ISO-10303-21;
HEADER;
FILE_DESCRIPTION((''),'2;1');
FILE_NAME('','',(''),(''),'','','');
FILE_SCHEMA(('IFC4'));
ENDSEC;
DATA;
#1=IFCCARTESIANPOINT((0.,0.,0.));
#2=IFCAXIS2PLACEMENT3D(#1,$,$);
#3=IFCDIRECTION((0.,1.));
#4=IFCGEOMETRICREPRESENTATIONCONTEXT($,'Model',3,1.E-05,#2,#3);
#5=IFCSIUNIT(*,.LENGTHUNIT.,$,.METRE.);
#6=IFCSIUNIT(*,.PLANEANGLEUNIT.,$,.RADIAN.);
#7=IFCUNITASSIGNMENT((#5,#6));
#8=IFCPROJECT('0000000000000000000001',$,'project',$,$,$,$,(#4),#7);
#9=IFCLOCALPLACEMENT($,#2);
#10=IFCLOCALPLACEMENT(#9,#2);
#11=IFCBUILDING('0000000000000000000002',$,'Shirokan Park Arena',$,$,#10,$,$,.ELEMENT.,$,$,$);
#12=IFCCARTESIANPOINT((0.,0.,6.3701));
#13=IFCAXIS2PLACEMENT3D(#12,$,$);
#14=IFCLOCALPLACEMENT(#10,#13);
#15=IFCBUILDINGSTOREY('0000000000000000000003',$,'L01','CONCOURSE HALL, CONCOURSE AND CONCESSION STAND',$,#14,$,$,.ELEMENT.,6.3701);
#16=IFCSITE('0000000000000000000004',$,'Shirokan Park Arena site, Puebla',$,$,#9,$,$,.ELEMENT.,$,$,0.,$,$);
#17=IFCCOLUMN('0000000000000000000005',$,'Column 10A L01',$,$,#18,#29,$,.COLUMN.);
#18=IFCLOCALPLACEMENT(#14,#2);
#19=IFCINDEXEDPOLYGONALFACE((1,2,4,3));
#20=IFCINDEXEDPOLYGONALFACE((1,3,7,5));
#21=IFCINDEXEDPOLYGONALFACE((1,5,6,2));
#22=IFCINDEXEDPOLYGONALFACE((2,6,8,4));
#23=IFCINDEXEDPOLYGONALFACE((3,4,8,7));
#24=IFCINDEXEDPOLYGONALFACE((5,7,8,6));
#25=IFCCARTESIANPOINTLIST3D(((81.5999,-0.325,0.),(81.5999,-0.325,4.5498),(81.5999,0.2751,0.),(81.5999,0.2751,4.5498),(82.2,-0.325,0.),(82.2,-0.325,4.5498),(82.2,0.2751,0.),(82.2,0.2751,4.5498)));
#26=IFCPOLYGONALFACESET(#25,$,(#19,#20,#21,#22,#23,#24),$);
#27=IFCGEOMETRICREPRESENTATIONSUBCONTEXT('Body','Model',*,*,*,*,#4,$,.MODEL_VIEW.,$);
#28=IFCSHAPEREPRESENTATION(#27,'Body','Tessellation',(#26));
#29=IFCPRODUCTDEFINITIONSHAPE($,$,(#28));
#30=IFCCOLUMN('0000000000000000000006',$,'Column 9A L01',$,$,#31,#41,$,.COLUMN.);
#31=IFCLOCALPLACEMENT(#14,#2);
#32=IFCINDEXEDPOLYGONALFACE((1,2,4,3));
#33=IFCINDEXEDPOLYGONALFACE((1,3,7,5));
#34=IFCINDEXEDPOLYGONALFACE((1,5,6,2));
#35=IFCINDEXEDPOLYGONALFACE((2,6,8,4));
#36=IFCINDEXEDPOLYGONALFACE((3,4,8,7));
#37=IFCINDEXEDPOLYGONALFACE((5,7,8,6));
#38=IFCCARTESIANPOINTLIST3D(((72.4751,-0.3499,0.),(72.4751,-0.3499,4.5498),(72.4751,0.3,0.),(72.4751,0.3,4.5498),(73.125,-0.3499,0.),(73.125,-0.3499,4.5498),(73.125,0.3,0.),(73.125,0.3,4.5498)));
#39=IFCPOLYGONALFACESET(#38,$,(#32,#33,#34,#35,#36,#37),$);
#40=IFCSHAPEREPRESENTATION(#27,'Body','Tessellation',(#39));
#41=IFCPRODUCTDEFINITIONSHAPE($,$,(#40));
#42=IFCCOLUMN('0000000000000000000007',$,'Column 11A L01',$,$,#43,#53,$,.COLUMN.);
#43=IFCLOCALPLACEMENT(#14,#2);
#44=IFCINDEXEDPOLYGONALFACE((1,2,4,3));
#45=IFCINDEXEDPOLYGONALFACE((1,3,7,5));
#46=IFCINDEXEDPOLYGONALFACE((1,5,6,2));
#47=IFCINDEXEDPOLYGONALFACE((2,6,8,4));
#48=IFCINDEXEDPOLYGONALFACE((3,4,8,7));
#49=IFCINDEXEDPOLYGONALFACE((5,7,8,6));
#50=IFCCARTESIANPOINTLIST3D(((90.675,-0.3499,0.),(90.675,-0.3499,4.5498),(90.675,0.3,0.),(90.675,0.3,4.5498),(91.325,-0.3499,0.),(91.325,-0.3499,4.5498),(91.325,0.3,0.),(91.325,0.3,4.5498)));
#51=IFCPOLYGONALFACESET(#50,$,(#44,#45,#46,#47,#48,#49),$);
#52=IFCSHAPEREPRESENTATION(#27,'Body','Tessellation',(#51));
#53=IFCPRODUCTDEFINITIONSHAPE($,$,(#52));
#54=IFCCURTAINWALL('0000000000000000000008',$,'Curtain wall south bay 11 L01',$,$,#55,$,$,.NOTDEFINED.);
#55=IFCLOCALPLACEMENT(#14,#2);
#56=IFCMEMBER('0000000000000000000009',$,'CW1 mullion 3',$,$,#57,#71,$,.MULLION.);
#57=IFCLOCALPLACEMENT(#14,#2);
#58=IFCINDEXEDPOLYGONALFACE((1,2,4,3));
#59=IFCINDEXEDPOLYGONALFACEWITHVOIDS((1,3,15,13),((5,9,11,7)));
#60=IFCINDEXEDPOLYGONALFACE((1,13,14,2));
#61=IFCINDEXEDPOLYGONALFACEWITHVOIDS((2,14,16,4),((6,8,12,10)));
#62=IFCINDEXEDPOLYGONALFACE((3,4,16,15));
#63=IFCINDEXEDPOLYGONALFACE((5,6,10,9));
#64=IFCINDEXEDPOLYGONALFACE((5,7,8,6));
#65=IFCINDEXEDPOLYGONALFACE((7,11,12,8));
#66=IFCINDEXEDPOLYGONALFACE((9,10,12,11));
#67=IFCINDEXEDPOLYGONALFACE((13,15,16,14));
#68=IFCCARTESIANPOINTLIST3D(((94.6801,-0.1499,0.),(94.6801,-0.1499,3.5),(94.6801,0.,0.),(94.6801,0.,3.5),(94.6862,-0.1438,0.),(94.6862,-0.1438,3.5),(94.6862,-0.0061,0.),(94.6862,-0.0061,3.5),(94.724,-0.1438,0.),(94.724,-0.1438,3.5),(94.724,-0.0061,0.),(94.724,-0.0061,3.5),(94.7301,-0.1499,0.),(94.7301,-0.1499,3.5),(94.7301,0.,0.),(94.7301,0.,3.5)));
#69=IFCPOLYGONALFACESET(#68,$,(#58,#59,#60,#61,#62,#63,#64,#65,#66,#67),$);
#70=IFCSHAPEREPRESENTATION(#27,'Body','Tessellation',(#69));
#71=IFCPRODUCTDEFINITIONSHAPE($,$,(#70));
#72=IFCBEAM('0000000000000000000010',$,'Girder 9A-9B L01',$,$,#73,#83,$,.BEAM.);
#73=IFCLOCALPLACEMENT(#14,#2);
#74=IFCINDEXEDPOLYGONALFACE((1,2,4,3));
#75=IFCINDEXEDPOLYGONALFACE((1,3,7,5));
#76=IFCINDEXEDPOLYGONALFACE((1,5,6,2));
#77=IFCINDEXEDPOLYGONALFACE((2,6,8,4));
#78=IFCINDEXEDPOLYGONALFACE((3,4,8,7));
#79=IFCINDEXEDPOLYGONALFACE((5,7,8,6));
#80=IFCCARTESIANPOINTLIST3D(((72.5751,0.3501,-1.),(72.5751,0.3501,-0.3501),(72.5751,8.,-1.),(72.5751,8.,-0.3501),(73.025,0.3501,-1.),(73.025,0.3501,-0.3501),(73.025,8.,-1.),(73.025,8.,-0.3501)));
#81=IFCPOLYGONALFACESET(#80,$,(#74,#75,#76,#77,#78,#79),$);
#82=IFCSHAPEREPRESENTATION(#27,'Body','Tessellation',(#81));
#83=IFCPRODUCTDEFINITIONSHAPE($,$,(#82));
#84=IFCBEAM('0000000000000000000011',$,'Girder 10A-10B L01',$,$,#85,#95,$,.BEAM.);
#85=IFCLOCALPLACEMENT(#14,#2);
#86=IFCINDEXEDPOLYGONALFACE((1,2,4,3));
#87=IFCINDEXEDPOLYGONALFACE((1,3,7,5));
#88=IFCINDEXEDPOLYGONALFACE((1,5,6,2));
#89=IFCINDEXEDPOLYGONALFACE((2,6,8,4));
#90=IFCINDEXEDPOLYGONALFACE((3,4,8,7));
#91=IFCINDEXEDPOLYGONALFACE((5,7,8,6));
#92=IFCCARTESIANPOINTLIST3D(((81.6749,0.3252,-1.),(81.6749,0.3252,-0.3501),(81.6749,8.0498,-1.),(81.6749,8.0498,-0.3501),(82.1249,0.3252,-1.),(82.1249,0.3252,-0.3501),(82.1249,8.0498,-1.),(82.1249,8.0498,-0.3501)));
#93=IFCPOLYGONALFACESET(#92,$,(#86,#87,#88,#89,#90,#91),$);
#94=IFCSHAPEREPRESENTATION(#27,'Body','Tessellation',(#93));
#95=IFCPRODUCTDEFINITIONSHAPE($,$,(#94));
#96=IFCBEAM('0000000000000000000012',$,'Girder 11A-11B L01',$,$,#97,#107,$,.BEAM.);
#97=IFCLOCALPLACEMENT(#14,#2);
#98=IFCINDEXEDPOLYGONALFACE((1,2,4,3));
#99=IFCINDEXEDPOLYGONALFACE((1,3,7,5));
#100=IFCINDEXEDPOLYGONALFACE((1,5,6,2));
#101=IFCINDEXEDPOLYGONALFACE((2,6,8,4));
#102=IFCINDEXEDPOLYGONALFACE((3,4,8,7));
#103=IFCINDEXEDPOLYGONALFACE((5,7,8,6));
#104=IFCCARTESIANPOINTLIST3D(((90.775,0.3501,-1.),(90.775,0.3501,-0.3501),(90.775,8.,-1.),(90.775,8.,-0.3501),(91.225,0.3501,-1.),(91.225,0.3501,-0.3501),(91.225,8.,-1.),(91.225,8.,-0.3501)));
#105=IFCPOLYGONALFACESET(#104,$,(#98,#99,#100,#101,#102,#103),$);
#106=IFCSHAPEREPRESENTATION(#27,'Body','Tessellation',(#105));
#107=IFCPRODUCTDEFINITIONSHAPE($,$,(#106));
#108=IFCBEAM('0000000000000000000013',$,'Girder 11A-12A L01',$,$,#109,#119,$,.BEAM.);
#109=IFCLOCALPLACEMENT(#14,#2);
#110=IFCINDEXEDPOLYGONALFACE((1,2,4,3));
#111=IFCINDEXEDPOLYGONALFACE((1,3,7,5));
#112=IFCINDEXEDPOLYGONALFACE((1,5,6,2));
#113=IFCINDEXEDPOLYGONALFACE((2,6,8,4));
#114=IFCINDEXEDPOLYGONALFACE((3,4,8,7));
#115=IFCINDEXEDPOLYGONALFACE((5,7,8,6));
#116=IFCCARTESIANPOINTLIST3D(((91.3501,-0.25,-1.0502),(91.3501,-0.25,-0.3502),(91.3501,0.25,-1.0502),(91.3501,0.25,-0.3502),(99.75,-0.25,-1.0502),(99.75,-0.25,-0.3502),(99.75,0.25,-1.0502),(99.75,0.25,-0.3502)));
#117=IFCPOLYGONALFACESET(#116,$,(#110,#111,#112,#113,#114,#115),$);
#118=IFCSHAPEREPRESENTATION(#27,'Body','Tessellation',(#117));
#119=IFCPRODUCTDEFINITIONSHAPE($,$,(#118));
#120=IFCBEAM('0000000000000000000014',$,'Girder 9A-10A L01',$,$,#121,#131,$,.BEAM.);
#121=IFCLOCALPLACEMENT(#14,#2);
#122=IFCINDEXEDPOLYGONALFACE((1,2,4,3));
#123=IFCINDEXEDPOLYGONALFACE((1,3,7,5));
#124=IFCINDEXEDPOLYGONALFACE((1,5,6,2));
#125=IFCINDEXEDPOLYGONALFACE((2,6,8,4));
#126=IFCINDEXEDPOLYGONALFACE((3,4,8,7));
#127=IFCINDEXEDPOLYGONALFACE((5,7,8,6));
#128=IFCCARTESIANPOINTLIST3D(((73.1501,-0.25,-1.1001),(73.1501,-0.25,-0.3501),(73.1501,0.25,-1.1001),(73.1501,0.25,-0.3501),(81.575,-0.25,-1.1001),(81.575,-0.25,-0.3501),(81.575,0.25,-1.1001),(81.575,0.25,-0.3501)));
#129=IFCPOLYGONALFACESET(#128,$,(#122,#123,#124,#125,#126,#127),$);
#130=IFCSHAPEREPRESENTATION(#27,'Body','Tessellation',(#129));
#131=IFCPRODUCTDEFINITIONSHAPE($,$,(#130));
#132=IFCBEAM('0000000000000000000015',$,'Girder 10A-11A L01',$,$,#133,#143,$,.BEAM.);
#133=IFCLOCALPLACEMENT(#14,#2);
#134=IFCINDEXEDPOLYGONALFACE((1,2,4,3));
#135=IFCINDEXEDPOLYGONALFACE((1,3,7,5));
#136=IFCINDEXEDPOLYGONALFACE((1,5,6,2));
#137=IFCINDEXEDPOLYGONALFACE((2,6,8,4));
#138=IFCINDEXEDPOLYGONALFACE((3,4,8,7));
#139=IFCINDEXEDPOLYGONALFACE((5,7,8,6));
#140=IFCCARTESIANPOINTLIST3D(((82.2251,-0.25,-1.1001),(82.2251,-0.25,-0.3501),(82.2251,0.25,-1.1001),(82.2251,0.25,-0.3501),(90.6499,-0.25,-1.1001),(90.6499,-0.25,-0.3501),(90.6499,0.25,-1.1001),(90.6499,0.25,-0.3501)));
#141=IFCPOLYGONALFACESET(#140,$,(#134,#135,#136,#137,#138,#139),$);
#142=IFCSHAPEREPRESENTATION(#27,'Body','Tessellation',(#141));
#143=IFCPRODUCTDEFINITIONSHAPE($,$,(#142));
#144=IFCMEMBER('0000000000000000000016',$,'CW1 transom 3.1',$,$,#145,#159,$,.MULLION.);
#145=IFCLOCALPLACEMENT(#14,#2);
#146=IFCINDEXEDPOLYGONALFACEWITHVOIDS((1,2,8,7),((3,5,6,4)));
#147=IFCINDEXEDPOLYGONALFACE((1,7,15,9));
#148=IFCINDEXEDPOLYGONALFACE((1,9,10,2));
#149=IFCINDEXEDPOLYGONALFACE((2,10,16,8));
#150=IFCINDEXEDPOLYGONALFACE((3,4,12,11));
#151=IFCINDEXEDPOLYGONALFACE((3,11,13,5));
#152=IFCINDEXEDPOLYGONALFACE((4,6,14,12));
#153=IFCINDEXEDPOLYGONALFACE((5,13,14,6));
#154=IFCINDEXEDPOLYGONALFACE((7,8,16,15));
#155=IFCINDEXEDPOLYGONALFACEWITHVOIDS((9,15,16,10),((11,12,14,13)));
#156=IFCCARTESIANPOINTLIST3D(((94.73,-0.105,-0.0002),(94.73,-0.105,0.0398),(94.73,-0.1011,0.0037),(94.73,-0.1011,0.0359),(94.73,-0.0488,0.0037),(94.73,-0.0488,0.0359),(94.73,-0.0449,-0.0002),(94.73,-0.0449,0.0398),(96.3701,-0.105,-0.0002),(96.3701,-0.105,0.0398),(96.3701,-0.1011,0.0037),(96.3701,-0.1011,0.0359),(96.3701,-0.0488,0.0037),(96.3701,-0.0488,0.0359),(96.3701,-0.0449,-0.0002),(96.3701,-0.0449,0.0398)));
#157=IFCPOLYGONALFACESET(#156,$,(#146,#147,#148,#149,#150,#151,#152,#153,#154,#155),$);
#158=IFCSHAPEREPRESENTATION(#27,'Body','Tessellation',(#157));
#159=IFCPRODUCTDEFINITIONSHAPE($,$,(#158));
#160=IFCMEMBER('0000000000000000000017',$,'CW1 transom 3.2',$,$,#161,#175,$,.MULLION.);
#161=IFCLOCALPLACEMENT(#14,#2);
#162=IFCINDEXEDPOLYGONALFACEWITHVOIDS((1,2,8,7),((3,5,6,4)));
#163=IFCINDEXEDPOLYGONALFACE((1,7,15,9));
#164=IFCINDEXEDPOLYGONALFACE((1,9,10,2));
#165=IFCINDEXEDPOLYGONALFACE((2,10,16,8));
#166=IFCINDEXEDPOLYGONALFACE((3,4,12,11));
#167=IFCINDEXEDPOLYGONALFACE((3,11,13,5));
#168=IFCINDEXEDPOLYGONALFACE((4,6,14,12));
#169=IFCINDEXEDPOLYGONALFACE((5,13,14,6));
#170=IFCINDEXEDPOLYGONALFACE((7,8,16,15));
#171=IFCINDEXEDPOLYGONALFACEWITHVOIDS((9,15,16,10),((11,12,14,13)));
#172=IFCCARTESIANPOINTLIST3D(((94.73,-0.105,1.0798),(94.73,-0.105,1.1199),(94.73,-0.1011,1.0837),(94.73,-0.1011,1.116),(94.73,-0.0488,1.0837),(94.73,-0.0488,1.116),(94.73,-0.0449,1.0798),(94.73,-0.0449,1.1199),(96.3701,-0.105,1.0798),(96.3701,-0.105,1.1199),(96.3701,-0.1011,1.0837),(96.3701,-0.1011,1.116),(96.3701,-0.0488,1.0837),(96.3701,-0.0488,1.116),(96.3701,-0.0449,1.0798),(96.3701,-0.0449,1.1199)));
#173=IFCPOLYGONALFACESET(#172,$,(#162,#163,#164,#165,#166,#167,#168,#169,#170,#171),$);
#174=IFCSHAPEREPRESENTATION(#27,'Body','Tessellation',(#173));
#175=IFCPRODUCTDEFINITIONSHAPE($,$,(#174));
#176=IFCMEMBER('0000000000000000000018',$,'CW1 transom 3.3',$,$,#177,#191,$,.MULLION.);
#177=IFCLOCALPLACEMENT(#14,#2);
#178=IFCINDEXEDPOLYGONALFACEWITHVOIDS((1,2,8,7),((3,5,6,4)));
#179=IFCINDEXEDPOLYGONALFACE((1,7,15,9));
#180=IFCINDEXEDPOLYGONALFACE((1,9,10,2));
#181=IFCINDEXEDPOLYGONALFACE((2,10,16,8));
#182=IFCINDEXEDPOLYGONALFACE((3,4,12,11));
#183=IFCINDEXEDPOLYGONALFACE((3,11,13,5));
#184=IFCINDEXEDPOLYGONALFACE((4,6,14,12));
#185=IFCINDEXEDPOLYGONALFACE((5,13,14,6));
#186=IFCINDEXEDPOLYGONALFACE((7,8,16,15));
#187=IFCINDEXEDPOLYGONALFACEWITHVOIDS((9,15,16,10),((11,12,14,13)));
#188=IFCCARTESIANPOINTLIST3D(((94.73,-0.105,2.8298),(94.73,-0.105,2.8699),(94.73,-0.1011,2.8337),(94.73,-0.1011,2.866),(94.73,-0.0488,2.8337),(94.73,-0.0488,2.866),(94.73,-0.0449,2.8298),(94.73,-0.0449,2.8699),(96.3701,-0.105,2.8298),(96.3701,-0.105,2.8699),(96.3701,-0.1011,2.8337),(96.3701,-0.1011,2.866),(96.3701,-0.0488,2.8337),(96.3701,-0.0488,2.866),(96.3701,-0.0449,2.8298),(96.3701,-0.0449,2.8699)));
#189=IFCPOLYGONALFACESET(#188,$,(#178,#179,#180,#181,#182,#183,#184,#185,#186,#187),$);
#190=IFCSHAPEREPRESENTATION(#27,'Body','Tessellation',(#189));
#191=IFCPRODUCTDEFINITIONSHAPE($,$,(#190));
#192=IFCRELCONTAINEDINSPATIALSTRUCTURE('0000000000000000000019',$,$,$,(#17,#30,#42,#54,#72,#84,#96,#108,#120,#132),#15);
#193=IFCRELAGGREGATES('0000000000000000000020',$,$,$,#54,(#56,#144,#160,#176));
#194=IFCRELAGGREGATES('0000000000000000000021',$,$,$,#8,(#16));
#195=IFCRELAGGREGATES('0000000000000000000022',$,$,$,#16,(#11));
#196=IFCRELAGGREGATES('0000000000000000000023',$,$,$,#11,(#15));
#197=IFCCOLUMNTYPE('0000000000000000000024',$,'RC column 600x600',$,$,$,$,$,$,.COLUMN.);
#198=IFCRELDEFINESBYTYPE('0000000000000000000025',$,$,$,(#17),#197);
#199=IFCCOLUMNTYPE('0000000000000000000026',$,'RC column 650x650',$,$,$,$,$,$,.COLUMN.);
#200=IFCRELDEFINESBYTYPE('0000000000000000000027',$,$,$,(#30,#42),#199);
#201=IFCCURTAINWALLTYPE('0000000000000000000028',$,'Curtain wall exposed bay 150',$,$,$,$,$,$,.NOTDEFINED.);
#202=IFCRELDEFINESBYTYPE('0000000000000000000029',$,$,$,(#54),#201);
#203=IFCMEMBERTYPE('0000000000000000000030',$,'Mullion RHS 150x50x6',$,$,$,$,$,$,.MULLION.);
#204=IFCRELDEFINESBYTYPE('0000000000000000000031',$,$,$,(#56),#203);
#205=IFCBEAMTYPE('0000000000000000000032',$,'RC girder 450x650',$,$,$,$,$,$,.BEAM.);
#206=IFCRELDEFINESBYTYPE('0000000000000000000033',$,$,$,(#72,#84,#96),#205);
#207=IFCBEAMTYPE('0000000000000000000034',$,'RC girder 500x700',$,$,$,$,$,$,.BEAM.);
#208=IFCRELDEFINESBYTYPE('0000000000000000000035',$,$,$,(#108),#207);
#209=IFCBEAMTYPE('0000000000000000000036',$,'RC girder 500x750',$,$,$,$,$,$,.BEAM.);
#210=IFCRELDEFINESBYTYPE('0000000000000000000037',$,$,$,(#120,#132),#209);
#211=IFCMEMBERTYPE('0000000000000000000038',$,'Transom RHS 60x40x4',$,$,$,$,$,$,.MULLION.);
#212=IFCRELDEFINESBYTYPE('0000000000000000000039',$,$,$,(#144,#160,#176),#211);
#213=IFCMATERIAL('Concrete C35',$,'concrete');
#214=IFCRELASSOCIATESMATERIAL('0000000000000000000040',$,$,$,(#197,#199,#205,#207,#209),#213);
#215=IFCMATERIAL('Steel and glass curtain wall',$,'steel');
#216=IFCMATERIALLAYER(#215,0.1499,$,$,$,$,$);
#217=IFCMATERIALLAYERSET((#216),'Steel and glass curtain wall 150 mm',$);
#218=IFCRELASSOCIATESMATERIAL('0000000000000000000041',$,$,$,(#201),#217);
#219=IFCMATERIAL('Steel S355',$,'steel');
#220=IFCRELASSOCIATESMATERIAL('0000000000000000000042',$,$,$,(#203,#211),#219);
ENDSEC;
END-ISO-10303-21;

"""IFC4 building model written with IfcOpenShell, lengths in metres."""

from ifc_helpers import new_model, si_unit, direction, frame, origin, origin_2d, place, context, subcontext, project, spatial, rectangle, hollow_rectangle, extrude, material, layer, layer_set, material_profile, profile_set, type_object, element, aggregate, save


model = new_model("IFC4")

# Units and contexts
model_context = context("Model", 3, precision=1e-05, world=origin(), true_north=direction((0.0, 1.0)))
body_context = subcontext(model_context, "Body", "Model", "MODEL_VIEW")
ifc_project = project(units=[si_unit("LENGTHUNIT", "METRE"), si_unit("PLANEANGLEUNIT", "RADIAN")], contexts=[model_context])

# Site, building, storey
site_placement = place(None, origin())
site = spatial("IfcSite", under=ifc_project, at=site_placement, Name="Shirokan Park Arena site, Puebla", CompositionType="ELEMENT", RefElevation=0.0)
building_placement = place(site_placement, origin())
building = spatial("IfcBuilding", under=site, at=building_placement, Name="Shirokan Park Arena", CompositionType="ELEMENT")
storey_placement = place(building_placement, frame((0.0, 0.0, 6.3701)))
storey = spatial("IfcBuildingStorey", under=building, at=storey_placement, Name="L01", Description="CONCOURSE HALL, CONCOURSE AND CONCESSION STAND", CompositionType="ELEMENT", Elevation=6.3701)

# Columns
ifc_material_1 = material(Name="Concrete C35", Category="concrete")
ifc_material_profile_1 = material_profile(ifc_material_1, rectangle(XDim=0.6001, YDim=0.6001, at=origin_2d()), Name="600x600")
ifc_profile_set_1 = profile_set([ifc_material_profile_1], Name="Concrete C35")
column_type_1 = type_object("IfcColumnType", Name="RC column 600x600", PredefinedType="COLUMN", material=ifc_profile_set_1)
column_placement = place(storey_placement, frame((81.8999, -0.0249, 0.0), z_axis=(0.0, 0.0, 1.0), x_axis=(1.0, 0.0, 0.0)))
element("IfcColumn", 1, at=column_placement, inside=storey, type_object=column_type_1, Name="Column 10A L01", PredefinedType="COLUMN", context=body_context, shape_type="SweptSolid", body=[
    extrude(rectangle(XDim=0.6001, YDim=0.6001, at=origin_2d()), origin(), (0.0, 0.0, 1.0), 4.5498),
])
ifc_material_profile_2 = material_profile(ifc_material_1, rectangle(XDim=0.6499, YDim=0.6499, at=origin_2d()), Name="650x650")
ifc_profile_set_2 = profile_set([ifc_material_profile_2], Name="Concrete C35")
column_type_2 = type_object("IfcColumnType", Name="RC column 650x650", PredefinedType="COLUMN", material=ifc_profile_set_2)
for number, where, z_axis, x_axis, name in (
    (2, (72.8, -0.0249, 0.0), (0.0, 0.0, 1.0), (1.0, 0.0, 0.0), "Column 9A L01"),
    (3, (91.0, -0.0249, 0.0), (0.0, 0.0, 1.0), (1.0, 0.0, 0.0), "Column 11A L01"),
):
    element("IfcColumn", number, at=place(storey_placement, frame(where, z_axis=z_axis, x_axis=x_axis)), inside=storey, type_object=column_type_2, Name=name, PredefinedType="COLUMN", context=body_context, shape_type="SweptSolid", body=[
        extrude(rectangle(XDim=0.6499, YDim=0.6499, at=origin_2d()), origin(), (0.0, 0.0, 1.0), 4.5498),
    ])

# Curtain wall, member
ifc_material_2 = material(Name="Steel and glass curtain wall", Category="steel")
ifc_layer_1 = layer(ifc_material_2, 0.1499)
ifc_layer_set_1 = layer_set([ifc_layer_1], Name="Steel and glass curtain wall 150 mm")
curtain_wall_type = type_object("IfcCurtainWallType", Name="Curtain wall exposed bay 150", PredefinedType="NOTDEFINED", material=ifc_layer_set_1)
curtain_wall_placement = place(storey_placement, origin())
curtain_wall = element("IfcCurtainWall", 4, at=curtain_wall_placement, inside=storey, type_object=curtain_wall_type, Name="Curtain wall south bay 11 L01", PredefinedType="NOTDEFINED")
ifc_material_3 = material(Name="Steel S355", Category="steel")
ifc_material_profile_3 = material_profile(ifc_material_3, hollow_rectangle(XDim=0.1499, YDim=0.05, WallThickness=0.0061, at=origin_2d()), Name="RHS 150x50x6")
ifc_profile_set_3 = profile_set([ifc_material_profile_3], Name="Steel S355")
member_type_1 = type_object("IfcMemberType", Name="Mullion RHS 150x50x6", PredefinedType="MULLION", material=ifc_profile_set_3)
member_1_placement = place(storey_placement, frame((94.7051, -0.075, 0.0), z_axis=(0.0, 0.0, 1.0), x_axis=(0.0, 1.0, 0.0)))
member_1 = element("IfcMember", 5, at=member_1_placement, type_object=member_type_1, Name="CW1 mullion 3", PredefinedType="MULLION", context=body_context, shape_type="SweptSolid", body=[
    extrude(hollow_rectangle(XDim=0.1499, YDim=0.05, WallThickness=0.0061, at=origin_2d()), origin(), (0.0, 0.0, 1.0), 3.5),
])

# Beams
ifc_material_profile_4 = material_profile(ifc_material_1, rectangle(XDim=0.45, YDim=0.6499, at=origin_2d()), Name="450x650")
ifc_profile_set_4 = profile_set([ifc_material_profile_4], Name="Concrete C35")
beam_type_1 = type_object("IfcBeamType", Name="RC girder 450x650", PredefinedType="BEAM", material=ifc_profile_set_4)
beam_1_placement = place(storey_placement, frame((72.8, 0.3501, -0.675), z_axis=(0.0, 1.0, 0.0), x_axis=(-1.0, 0.0, 0.0)))
element("IfcBeam", 6, at=beam_1_placement, inside=storey, type_object=beam_type_1, Name="Girder 9A-9B L01", PredefinedType="BEAM", context=body_context, shape_type="SweptSolid", body=[
    extrude(rectangle(XDim=0.45, YDim=0.6499, at=origin_2d()), origin(), (0.0, 0.0, 1.0), 7.6499),
])
beam_2_placement = place(storey_placement, frame((81.8999, 0.3252, -0.675), z_axis=(0.0, 1.0, 0.0), x_axis=(-1.0, 0.0, 0.0)))
element("IfcBeam", 7, at=beam_2_placement, inside=storey, type_object=beam_type_1, Name="Girder 10A-10B L01", PredefinedType="BEAM", context=body_context, shape_type="SweptSolid", body=[
    extrude(rectangle(XDim=0.45, YDim=0.6499, at=origin_2d()), origin(), (0.0, 0.0, 1.0), 7.7246),
])
beam_3_placement = place(storey_placement, frame((91.0, 0.3501, -0.675), z_axis=(0.0, 1.0, 0.0), x_axis=(-1.0, 0.0, 0.0)))
element("IfcBeam", 8, at=beam_3_placement, inside=storey, type_object=beam_type_1, Name="Girder 11A-11B L01", PredefinedType="BEAM", context=body_context, shape_type="SweptSolid", body=[
    extrude(rectangle(XDim=0.45, YDim=0.6499, at=origin_2d()), origin(), (0.0, 0.0, 1.0), 7.6499),
])
ifc_material_profile_5 = material_profile(ifc_material_1, rectangle(XDim=0.5, YDim=0.7, at=origin_2d()), Name="500x700")
ifc_profile_set_5 = profile_set([ifc_material_profile_5], Name="Concrete C35")
beam_type_2 = type_object("IfcBeamType", Name="RC girder 500x700", PredefinedType="BEAM", material=ifc_profile_set_5)
beam_4_placement = place(storey_placement, frame((91.3501, 0.0, -0.7002), z_axis=(1.0, 0.0, 0.0), x_axis=(0.0, 1.0, 0.0)))
element("IfcBeam", 9, at=beam_4_placement, inside=storey, type_object=beam_type_2, Name="Girder 11A-12A L01", PredefinedType="BEAM", context=body_context, shape_type="SweptSolid", body=[
    extrude(rectangle(XDim=0.5, YDim=0.7, at=origin_2d()), origin(), (0.0, 0.0, 1.0), 8.3999),
])
ifc_material_profile_6 = material_profile(ifc_material_1, rectangle(XDim=0.5, YDim=0.75, at=origin_2d()), Name="500x750")
ifc_profile_set_6 = profile_set([ifc_material_profile_6], Name="Concrete C35")
beam_type_3 = type_object("IfcBeamType", Name="RC girder 500x750", PredefinedType="BEAM", material=ifc_profile_set_6)
for number, where, z_axis, x_axis, name in (
    (10, (73.1501, 0.0, -0.7251), (1.0, 0.0, 0.0), (0.0, 1.0, 0.0), "Girder 9A-10A L01"),
    (11, (82.2251, 0.0, -0.7251), (1.0, 0.0, 0.0), (0.0, 1.0, 0.0), "Girder 10A-11A L01"),
):
    element("IfcBeam", number, at=place(storey_placement, frame(where, z_axis=z_axis, x_axis=x_axis)), inside=storey, type_object=beam_type_3, Name=name, PredefinedType="BEAM", context=body_context, shape_type="SweptSolid", body=[
        extrude(rectangle(XDim=0.5, YDim=0.75, at=origin_2d()), origin(), (0.0, 0.0, 1.0), 8.4248),
    ])

# Members
ifc_material_profile_7 = material_profile(ifc_material_3, hollow_rectangle(XDim=0.0601, YDim=0.04, WallThickness=0.0039, at=origin_2d()), Name="RHS 60x40x4")
ifc_profile_set_7 = profile_set([ifc_material_profile_7], Name="Steel S355")
member_type_2 = type_object("IfcMemberType", Name="Transom RHS 60x40x4", PredefinedType="MULLION", material=ifc_profile_set_7)
member_2_placement = place(storey_placement, frame((94.73, -0.075, 0.0198), z_axis=(1.0, 0.0, 0.0), x_axis=(0.0, 1.0, 0.0)))
member_2 = element("IfcMember", 12, at=member_2_placement, type_object=member_type_2, Name="CW1 transom 3.1", PredefinedType="MULLION", context=body_context, shape_type="SweptSolid", body=[
    extrude(hollow_rectangle(XDim=0.0601, YDim=0.04, WallThickness=0.0039, at=origin_2d()), origin(), (0.0, 0.0, 1.0), 1.6401),
])
member_3_placement = place(storey_placement, frame((94.73, -0.075, 1.0999), z_axis=(1.0, 0.0, 0.0), x_axis=(0.0, 1.0, 0.0)))
member_3 = element("IfcMember", 13, at=member_3_placement, type_object=member_type_2, Name="CW1 transom 3.2", PredefinedType="MULLION", context=body_context, shape_type="SweptSolid", body=[
    extrude(hollow_rectangle(XDim=0.0601, YDim=0.04, WallThickness=0.0039, at=origin_2d()), origin(), (0.0, 0.0, 1.0), 1.6401),
])
member_4_placement = place(storey_placement, frame((94.73, -0.075, 2.8499), z_axis=(1.0, 0.0, 0.0), x_axis=(0.0, 1.0, 0.0)))
member_4 = element("IfcMember", 14, at=member_4_placement, type_object=member_type_2, Name="CW1 transom 3.3", PredefinedType="MULLION", context=body_context, shape_type="SweptSolid", body=[
    extrude(hollow_rectangle(XDim=0.0601, YDim=0.04, WallThickness=0.0039, at=origin_2d()), origin(), (0.0, 0.0, 1.0), 1.6401),
])

aggregate(curtain_wall, [member_1, member_2, member_3, member_4])

save(model, "model.ifc")
